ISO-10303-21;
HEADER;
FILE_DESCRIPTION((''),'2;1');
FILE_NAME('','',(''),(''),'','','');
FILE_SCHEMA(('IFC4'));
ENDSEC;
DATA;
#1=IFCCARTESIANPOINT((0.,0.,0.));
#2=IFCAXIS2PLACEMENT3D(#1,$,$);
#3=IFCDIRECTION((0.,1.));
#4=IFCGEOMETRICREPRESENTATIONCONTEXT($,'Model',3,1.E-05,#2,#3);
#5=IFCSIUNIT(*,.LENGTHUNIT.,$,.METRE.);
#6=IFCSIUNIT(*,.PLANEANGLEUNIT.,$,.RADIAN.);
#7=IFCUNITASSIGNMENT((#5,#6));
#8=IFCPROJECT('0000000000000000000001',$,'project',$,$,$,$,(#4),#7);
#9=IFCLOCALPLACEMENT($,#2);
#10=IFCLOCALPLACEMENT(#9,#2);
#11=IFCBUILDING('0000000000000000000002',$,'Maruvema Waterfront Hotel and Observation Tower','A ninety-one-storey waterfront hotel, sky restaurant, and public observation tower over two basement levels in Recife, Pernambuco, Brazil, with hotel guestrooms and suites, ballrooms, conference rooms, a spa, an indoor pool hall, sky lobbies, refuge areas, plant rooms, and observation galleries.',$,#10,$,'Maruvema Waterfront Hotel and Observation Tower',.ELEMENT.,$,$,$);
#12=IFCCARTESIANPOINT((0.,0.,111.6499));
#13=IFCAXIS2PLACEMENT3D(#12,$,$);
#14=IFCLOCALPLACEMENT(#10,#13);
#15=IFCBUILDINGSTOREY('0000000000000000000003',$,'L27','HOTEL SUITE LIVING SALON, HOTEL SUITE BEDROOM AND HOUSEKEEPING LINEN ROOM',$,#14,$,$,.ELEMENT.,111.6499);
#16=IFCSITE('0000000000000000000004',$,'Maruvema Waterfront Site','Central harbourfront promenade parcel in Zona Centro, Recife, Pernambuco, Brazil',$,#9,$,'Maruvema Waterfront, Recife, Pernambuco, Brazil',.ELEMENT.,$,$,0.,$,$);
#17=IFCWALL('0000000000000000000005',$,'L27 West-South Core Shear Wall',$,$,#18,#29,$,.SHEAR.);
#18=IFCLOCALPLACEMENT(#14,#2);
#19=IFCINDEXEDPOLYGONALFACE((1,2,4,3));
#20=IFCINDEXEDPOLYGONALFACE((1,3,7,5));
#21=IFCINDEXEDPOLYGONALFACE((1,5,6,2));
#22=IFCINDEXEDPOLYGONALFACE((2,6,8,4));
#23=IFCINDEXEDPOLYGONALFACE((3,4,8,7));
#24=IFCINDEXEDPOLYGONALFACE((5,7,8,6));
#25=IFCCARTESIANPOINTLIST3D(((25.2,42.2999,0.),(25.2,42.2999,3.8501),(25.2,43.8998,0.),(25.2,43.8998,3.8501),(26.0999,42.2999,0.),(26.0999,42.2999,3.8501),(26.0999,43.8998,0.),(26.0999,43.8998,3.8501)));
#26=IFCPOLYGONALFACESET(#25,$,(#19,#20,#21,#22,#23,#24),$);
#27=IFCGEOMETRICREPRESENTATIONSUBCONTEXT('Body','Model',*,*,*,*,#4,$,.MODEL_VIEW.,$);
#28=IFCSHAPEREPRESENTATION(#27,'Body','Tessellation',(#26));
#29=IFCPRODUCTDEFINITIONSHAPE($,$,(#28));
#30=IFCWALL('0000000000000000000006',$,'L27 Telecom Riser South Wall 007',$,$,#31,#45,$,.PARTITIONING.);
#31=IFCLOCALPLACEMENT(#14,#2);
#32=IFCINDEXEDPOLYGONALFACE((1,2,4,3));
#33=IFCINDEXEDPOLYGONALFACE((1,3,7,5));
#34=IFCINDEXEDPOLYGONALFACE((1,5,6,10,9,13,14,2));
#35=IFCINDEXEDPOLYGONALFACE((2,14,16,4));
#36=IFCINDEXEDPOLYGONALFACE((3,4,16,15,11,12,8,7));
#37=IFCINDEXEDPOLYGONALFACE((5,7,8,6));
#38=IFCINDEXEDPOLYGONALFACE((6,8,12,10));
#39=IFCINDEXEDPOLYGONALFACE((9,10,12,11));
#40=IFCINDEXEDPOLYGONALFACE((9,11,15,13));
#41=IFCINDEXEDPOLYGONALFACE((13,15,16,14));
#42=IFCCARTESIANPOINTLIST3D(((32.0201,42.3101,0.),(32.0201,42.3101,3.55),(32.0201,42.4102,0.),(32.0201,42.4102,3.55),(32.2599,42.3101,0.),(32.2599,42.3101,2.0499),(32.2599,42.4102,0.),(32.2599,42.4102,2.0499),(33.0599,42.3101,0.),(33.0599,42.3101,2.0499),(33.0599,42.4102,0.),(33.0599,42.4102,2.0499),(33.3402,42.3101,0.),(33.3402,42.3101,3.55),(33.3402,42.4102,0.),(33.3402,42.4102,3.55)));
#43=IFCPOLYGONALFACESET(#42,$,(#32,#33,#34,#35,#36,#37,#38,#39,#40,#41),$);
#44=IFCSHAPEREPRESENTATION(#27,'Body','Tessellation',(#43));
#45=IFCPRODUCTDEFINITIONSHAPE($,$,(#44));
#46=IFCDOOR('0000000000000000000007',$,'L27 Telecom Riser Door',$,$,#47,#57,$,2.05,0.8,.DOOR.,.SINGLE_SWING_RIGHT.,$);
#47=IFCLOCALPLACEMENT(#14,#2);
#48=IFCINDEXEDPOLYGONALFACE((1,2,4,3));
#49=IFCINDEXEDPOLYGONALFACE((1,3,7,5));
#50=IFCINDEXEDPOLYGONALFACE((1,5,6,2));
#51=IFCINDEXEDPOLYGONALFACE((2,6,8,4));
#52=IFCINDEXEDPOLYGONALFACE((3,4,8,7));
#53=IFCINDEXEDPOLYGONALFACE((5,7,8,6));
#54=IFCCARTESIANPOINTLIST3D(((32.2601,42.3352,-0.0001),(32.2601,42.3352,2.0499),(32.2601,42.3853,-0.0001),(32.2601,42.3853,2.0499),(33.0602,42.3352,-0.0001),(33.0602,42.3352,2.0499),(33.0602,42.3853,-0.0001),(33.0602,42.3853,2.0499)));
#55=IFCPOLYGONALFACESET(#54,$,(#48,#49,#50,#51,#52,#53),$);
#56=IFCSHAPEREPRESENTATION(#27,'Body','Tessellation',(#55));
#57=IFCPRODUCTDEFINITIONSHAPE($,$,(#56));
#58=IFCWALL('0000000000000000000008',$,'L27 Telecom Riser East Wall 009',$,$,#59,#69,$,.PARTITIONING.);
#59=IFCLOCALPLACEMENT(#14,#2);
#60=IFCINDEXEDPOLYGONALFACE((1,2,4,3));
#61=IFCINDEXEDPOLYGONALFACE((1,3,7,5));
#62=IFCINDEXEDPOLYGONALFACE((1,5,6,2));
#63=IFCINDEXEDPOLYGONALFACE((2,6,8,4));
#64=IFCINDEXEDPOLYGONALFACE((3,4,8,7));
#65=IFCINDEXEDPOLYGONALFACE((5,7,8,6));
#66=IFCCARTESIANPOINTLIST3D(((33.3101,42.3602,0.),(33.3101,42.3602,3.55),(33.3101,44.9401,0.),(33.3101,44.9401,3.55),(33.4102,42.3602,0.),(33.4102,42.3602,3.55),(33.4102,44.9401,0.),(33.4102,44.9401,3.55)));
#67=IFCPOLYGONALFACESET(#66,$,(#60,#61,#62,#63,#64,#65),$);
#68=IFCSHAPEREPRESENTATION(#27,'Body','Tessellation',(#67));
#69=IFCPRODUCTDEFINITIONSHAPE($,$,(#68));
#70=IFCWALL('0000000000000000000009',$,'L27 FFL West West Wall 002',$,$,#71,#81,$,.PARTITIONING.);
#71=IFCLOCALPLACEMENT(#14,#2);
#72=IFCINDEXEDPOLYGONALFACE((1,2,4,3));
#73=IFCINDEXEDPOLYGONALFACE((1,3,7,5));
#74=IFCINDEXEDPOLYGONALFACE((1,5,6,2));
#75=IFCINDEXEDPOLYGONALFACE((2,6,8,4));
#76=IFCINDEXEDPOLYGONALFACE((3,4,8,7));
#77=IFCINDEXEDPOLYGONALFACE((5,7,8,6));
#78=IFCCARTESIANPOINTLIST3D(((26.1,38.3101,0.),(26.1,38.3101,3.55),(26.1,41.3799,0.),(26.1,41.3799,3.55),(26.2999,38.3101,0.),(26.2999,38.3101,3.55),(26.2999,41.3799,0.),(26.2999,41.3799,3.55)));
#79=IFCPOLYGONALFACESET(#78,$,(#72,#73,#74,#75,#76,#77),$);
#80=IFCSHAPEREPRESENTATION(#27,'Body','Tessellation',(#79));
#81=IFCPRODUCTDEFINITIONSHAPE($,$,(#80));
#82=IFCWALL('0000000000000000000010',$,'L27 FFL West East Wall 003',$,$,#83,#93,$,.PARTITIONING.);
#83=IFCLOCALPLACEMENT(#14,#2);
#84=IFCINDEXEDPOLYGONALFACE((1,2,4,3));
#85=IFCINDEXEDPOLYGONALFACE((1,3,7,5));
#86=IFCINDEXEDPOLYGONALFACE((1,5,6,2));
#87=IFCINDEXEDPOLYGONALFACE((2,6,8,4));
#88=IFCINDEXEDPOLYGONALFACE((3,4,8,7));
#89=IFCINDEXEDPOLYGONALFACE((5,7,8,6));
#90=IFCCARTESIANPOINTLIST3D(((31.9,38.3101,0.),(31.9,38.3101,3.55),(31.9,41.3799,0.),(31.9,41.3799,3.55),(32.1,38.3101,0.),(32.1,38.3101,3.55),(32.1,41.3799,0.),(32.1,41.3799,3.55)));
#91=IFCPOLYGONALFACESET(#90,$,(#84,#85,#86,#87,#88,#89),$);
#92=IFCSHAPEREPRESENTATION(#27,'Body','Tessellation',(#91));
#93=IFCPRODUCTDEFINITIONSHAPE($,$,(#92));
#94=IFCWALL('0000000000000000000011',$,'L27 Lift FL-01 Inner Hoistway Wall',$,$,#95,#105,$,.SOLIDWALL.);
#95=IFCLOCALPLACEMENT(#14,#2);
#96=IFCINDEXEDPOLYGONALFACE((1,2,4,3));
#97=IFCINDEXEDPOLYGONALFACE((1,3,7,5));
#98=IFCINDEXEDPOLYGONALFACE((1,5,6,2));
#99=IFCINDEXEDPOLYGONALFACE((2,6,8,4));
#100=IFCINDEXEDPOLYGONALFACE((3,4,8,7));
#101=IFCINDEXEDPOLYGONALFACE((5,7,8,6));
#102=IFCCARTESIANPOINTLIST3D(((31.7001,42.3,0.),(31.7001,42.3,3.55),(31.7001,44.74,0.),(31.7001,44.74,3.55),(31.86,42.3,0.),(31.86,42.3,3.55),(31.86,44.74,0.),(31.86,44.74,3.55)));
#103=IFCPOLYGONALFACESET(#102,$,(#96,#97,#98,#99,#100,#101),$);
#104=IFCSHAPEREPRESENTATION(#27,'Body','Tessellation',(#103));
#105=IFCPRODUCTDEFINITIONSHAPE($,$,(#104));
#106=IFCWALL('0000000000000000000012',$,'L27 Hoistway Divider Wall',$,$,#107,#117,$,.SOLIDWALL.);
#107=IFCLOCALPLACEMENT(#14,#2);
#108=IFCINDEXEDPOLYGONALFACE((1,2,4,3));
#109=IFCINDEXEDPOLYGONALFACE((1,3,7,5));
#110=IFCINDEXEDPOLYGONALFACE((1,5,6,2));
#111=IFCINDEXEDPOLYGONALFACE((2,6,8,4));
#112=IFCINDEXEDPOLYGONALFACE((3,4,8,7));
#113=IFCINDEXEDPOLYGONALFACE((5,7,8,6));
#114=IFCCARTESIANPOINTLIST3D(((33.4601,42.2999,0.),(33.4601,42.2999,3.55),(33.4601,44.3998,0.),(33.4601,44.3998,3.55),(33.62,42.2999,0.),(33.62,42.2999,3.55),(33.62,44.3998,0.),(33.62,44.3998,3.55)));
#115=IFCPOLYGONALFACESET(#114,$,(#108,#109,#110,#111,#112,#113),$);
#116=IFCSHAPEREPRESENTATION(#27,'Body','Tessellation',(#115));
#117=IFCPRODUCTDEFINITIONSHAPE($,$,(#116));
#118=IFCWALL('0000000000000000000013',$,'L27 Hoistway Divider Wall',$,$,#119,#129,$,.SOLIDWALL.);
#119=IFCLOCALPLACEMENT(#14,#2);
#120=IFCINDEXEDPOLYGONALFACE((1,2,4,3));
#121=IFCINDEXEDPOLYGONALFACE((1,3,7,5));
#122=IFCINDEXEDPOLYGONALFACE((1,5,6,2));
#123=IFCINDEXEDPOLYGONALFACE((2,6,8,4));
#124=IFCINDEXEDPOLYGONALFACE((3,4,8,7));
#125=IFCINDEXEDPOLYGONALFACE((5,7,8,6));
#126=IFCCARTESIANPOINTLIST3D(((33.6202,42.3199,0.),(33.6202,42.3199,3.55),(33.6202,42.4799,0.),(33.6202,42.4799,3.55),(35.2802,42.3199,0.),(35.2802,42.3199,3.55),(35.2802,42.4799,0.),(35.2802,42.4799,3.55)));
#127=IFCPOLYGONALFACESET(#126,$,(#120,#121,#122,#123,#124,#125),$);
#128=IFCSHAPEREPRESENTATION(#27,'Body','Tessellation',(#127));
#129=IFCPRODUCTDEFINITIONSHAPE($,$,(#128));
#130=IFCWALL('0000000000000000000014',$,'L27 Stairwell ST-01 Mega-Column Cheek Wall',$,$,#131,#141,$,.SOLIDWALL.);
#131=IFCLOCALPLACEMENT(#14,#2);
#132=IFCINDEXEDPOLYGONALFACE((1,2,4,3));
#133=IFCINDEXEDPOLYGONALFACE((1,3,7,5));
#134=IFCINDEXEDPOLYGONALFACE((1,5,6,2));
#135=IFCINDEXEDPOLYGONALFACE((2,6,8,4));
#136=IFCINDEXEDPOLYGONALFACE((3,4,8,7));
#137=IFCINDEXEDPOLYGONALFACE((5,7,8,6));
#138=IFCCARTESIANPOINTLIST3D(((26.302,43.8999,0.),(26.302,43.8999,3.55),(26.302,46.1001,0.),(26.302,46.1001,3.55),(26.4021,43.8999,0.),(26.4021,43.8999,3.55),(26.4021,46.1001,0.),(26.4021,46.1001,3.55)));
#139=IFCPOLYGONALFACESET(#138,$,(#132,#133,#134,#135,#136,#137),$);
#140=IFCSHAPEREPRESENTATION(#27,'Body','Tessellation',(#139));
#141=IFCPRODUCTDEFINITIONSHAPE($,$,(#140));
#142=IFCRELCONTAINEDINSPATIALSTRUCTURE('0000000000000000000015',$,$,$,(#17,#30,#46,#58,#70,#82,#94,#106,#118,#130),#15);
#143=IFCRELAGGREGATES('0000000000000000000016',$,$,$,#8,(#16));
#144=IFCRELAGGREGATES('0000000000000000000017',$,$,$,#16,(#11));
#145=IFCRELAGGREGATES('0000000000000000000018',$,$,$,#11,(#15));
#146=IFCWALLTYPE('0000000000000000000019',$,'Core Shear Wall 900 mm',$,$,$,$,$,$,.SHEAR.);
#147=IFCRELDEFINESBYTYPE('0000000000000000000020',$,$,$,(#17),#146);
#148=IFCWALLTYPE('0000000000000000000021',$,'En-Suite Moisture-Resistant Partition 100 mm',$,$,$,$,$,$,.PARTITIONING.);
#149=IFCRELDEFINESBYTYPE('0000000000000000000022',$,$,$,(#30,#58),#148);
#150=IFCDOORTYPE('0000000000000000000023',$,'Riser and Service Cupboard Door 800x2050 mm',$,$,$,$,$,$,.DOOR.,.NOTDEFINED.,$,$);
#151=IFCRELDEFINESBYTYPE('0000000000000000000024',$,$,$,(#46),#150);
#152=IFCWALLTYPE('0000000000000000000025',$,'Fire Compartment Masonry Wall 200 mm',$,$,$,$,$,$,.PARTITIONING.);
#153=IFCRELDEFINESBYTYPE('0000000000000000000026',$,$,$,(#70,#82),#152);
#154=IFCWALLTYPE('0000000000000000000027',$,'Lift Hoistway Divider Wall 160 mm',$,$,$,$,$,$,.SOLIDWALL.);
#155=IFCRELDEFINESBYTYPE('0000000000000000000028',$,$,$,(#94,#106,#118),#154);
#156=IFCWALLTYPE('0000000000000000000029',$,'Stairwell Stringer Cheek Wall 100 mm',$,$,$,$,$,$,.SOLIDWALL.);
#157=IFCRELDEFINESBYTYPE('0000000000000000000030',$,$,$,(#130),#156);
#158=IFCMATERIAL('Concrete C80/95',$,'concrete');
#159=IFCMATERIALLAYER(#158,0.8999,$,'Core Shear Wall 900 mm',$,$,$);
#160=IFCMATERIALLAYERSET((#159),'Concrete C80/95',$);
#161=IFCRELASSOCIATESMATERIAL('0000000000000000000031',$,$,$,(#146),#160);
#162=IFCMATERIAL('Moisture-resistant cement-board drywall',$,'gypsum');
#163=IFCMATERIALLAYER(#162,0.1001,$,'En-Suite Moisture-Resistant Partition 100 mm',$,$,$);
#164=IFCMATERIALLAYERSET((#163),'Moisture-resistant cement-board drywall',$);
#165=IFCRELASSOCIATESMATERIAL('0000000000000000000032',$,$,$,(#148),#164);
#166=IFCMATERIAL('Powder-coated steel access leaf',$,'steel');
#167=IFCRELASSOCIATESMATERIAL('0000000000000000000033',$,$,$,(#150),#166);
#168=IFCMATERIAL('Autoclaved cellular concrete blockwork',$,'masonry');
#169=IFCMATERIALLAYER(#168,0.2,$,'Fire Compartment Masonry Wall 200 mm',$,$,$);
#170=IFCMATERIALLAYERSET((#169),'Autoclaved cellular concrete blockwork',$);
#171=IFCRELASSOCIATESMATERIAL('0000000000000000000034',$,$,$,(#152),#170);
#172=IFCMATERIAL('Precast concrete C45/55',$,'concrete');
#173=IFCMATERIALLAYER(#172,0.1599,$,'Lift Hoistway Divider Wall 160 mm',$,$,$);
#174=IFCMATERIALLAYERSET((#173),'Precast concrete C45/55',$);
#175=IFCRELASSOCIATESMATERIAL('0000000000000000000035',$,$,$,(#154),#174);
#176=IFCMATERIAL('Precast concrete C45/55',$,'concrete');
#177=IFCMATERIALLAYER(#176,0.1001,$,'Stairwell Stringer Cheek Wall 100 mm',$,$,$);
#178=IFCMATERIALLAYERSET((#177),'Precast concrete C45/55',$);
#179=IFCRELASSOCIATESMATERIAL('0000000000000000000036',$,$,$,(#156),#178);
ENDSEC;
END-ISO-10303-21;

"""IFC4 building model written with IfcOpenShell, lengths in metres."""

from ifc_helpers import new_model, si_unit, direction, frame, frame_2d, origin, place, context, subcontext, project, spatial, rectangle, extrude, material, layer, layer_set, type_object, element, fill, save


model = new_model("IFC4")

# Units and contexts
model_context = context("Model", 3, precision=1e-05, world=origin(), true_north=direction((0.0, 1.0)))
body_context = subcontext(model_context, "Body", "Model", "MODEL_VIEW")
ifc_project = project(units=[si_unit("LENGTHUNIT", "METRE"), si_unit("PLANEANGLEUNIT", "RADIAN")], contexts=[model_context])

# Site, building, storey
site_placement = place(None, origin())
site = spatial("IfcSite", under=ifc_project, at=site_placement, Name="Maruvema Waterfront Site", Description="Central harbourfront promenade parcel in Zona Centro, Recife, Pernambuco, Brazil", LongName="Maruvema Waterfront, Recife, Pernambuco, Brazil", CompositionType="ELEMENT", RefElevation=0.0)
building_placement = place(site_placement, origin())
building = spatial("IfcBuilding", under=site, at=building_placement, Name="Maruvema Waterfront Hotel and Observation Tower", Description="A ninety-one-storey waterfront hotel, sky restaurant, and public observation tower over two basement levels in Recife, Pernambuco, Brazil, with hotel guestrooms and suites, ballrooms, conference rooms, a spa, an indoor pool hall, sky lobbies, refuge areas, plant rooms, and observation galleries.", LongName="Maruvema Waterfront Hotel and Observation Tower", CompositionType="ELEMENT")
storey_placement = place(building_placement, frame((0.0, 0.0, 111.6499)))
storey = spatial("IfcBuildingStorey", under=building, at=storey_placement, Name="L27", Description="HOTEL SUITE LIVING SALON, HOTEL SUITE BEDROOM AND HOUSEKEEPING LINEN ROOM", CompositionType="ELEMENT", Elevation=111.6499)

# Shared definitions
ifc_material_1 = material(Name="Concrete C80/95", Category="concrete")
ifc_layer_1 = layer(ifc_material_1, 0.8999, Name="Core Shear Wall 900 mm")
ifc_layer_set_1 = layer_set([ifc_layer_1], Name="Concrete C80/95")
wall_type_1 = type_object("IfcWallType", Name="Core Shear Wall 900 mm", PredefinedType="SHEAR", material=ifc_layer_set_1)

# Wall
wall_1_placement = place(storey_placement, frame((25.6499, 42.3, 0.0), z_axis=(0.0, 0.0, 1.0), x_axis=(0.0, 1.0, 0.0)))
element("IfcWall", 1, at=wall_1_placement, inside=storey, type_object=wall_type_1, Name="L27 West-South Core Shear Wall", PredefinedType="SHEAR", context=body_context, shape_type="SweptSolid", body=[
    extrude(rectangle(XDim=1.5999, YDim=0.8999, at=frame_2d((0.7998, 0.0))), origin(), (0.0, 0.0, 1.0), 3.8501),
])

# Wall, opening, door
ifc_material_2 = material(Name="Moisture-resistant cement-board drywall", Category="gypsum")
ifc_layer_2 = layer(ifc_material_2, 0.1001, Name="En-Suite Moisture-Resistant Partition 100 mm")
ifc_layer_set_2 = layer_set([ifc_layer_2], Name="Moisture-resistant cement-board drywall")
wall_type_2 = type_object("IfcWallType", Name="En-Suite Moisture-Resistant Partition 100 mm", PredefinedType="PARTITIONING", material=ifc_layer_set_2)
wall_2_placement = place(storey_placement, frame((32.02, 42.3601, 0.0), z_axis=(0.0, 0.0, 1.0), x_axis=(1.0, 0.0, 0.0)))
wall_2 = element("IfcWall", 2, at=wall_2_placement, inside=storey, type_object=wall_type_2, Name="L27 Telecom Riser South Wall 007", PredefinedType="PARTITIONING", context=body_context, shape_type="SweptSolid", body=[
    extrude(rectangle(XDim=1.3201, YDim=0.1001, at=frame_2d((0.6602, 0.0))), origin(), (0.0, 0.0, 1.0), 3.55),
])
opening_1_placement = place(wall_2_placement, frame((0.24, 0.0, 0.0)))
opening_1 = element("IfcOpeningElement", 3, at=opening_1_placement, cuts=wall_2, PredefinedType="OPENING", context=body_context, shape_type="SweptSolid", body=[
    extrude(rectangle(XDim=0.8, YDim=2.05, at=frame_2d((0.3999, 1.0249))), frame((0.0, 0.0601, 0.0), z_axis=(0.0, -1.0, 0.0), x_axis=(1.0, 0.0, 0.0)), (0.0, 0.0, 1.0), 0.1201),
])
ifc_material_3 = material(Name="Powder-coated steel access leaf", Category="steel")
door_type_1 = type_object("IfcDoorType", Name="Riser and Service Cupboard Door 800x2050 mm", OperationType="NOTDEFINED", PredefinedType="DOOR", material=ifc_material_3)
door_1_placement = place(opening_1_placement, frame((0.8, 0.0, 0.0), z_axis=(0.0, 0.0, 1.0), x_axis=(-1.0, 0.0, 0.0)))
door_1 = element("IfcDoor", 4, at=door_1_placement, inside=storey, type_object=door_type_1, Name="L27 Telecom Riser Door", OperationType="SINGLE_SWING_RIGHT", OverallHeight=2.05, OverallWidth=0.8, PredefinedType="DOOR", context=body_context, shape_type="SweptSolid", body=[
    extrude(rectangle(XDim=0.8, YDim=2.05, at=frame_2d((0.3999, 1.0249))), frame((0.0, 0.0249, 0.0), z_axis=(0.0, -1.0, 0.0), x_axis=(1.0, 0.0, 0.0)), (0.0, 0.0, 1.0), 0.05),
])
fill(opening_1, door_1)

# Wall
wall_3_placement = place(storey_placement, frame((33.3601, 42.3601, 0.0), z_axis=(0.0, 0.0, 1.0), x_axis=(0.0, 1.0, 0.0)))
element("IfcWall", 5, at=wall_3_placement, inside=storey, type_object=wall_type_2, Name="L27 Telecom Riser East Wall 009", PredefinedType="PARTITIONING", context=body_context, shape_type="SweptSolid", body=[
    extrude(rectangle(XDim=2.5798, YDim=0.1001, at=frame_2d((1.29, 0.0))), origin(), (0.0, 0.0, 1.0), 3.55),
])

# Shared definitions
ifc_material_4 = material(Name="Autoclaved cellular concrete blockwork", Category="masonry")
ifc_layer_3 = layer(ifc_material_4, 0.2, Name="Fire Compartment Masonry Wall 200 mm")
ifc_layer_set_3 = layer_set([ifc_layer_3], Name="Autoclaved cellular concrete blockwork")
wall_type_3 = type_object("IfcWallType", Name="Fire Compartment Masonry Wall 200 mm", PredefinedType="PARTITIONING", material=ifc_layer_set_3)

# Walls
for number, where, z_axis, x_axis, name in (
    (6, (26.2, 38.3101, 0.0), (0.0, 0.0, 1.0), (0.0, 1.0, 0.0), "L27 FFL West West Wall 002"),
    (7, (32.0, 38.3101, 0.0), (0.0, 0.0, 1.0), (0.0, 1.0, 0.0), "L27 FFL West East Wall 003"),
):
    element("IfcWall", number, at=place(storey_placement, frame(where, z_axis=z_axis, x_axis=x_axis)), inside=storey, type_object=wall_type_3, Name=name, PredefinedType="PARTITIONING", context=body_context, shape_type="SweptSolid", body=[
        extrude(rectangle(XDim=3.0698, YDim=0.2, at=frame_2d((1.5349, 0.0))), origin(), (0.0, 0.0, 1.0), 3.55),
    ])
ifc_material_5 = material(Name="Precast concrete C45/55", Category="concrete")
ifc_layer_4 = layer(ifc_material_5, 0.1599, Name="Lift Hoistway Divider Wall 160 mm")
ifc_layer_set_4 = layer_set([ifc_layer_4], Name="Precast concrete C45/55")
wall_type_4 = type_object("IfcWallType", Name="Lift Hoistway Divider Wall 160 mm", PredefinedType="SOLIDWALL", material=ifc_layer_set_4)
wall_4_placement = place(storey_placement, frame((31.78, 42.3, 0.0), z_axis=(0.0, 0.0, 1.0), x_axis=(0.0, 1.0, 0.0)))
element("IfcWall", 8, at=wall_4_placement, inside=storey, type_object=wall_type_4, Name="L27 Lift FL-01 Inner Hoistway Wall", PredefinedType="SOLIDWALL", context=body_context, shape_type="SweptSolid", body=[
    extrude(rectangle(XDim=2.4399, YDim=0.1599, at=frame_2d((1.22, 0.0))), origin(), (0.0, 0.0, 1.0), 3.55),
])
wall_5_placement = place(storey_placement, frame((33.54, 42.3, 0.0), z_axis=(0.0, 0.0, 1.0), x_axis=(0.0, 1.0, 0.0)))
element("IfcWall", 9, at=wall_5_placement, inside=storey, type_object=wall_type_4, Name="L27 Hoistway Divider Wall", PredefinedType="SOLIDWALL", context=body_context, shape_type="SweptSolid", body=[
    extrude(rectangle(XDim=2.0999, YDim=0.1599, at=frame_2d((1.0498, 0.0))), origin(), (0.0, 0.0, 1.0), 3.55),
])
wall_6_placement = place(storey_placement, frame((33.6201, 42.3999, 0.0), z_axis=(0.0, 0.0, 1.0), x_axis=(1.0, 0.0, 0.0)))
element("IfcWall", 10, at=wall_6_placement, inside=storey, type_object=wall_type_4, Name="L27 Hoistway Divider Wall", PredefinedType="SOLIDWALL", context=body_context, shape_type="SweptSolid", body=[
    extrude(rectangle(XDim=1.6599, YDim=0.1599, at=frame_2d((0.8301, 0.0))), origin(), (0.0, 0.0, 1.0), 3.55),
])
ifc_material_6 = material(Name="Precast concrete C45/55", Category="concrete")
ifc_layer_5 = layer(ifc_material_6, 0.1001, Name="Stairwell Stringer Cheek Wall 100 mm")
ifc_layer_set_5 = layer_set([ifc_layer_5], Name="Precast concrete C45/55")
wall_type_5 = type_object("IfcWallType", Name="Stairwell Stringer Cheek Wall 100 mm", PredefinedType="SOLIDWALL", material=ifc_layer_set_5)
wall_7_placement = place(storey_placement, frame((26.3521, 43.8999, 0.0), z_axis=(0.0, 0.0, 1.0), x_axis=(0.0, 1.0, 0.0)))
element("IfcWall", 11, at=wall_7_placement, inside=storey, type_object=wall_type_5, Name="L27 Stairwell ST-01 Mega-Column Cheek Wall", PredefinedType="SOLIDWALL", context=body_context, shape_type="SweptSolid", body=[
    extrude(rectangle(XDim=2.2002, YDim=0.1001, at=frame_2d((1.1001, 0.0))), origin(), (0.0, 0.0, 1.0), 3.55),
])

save(model, "model.ifc")
